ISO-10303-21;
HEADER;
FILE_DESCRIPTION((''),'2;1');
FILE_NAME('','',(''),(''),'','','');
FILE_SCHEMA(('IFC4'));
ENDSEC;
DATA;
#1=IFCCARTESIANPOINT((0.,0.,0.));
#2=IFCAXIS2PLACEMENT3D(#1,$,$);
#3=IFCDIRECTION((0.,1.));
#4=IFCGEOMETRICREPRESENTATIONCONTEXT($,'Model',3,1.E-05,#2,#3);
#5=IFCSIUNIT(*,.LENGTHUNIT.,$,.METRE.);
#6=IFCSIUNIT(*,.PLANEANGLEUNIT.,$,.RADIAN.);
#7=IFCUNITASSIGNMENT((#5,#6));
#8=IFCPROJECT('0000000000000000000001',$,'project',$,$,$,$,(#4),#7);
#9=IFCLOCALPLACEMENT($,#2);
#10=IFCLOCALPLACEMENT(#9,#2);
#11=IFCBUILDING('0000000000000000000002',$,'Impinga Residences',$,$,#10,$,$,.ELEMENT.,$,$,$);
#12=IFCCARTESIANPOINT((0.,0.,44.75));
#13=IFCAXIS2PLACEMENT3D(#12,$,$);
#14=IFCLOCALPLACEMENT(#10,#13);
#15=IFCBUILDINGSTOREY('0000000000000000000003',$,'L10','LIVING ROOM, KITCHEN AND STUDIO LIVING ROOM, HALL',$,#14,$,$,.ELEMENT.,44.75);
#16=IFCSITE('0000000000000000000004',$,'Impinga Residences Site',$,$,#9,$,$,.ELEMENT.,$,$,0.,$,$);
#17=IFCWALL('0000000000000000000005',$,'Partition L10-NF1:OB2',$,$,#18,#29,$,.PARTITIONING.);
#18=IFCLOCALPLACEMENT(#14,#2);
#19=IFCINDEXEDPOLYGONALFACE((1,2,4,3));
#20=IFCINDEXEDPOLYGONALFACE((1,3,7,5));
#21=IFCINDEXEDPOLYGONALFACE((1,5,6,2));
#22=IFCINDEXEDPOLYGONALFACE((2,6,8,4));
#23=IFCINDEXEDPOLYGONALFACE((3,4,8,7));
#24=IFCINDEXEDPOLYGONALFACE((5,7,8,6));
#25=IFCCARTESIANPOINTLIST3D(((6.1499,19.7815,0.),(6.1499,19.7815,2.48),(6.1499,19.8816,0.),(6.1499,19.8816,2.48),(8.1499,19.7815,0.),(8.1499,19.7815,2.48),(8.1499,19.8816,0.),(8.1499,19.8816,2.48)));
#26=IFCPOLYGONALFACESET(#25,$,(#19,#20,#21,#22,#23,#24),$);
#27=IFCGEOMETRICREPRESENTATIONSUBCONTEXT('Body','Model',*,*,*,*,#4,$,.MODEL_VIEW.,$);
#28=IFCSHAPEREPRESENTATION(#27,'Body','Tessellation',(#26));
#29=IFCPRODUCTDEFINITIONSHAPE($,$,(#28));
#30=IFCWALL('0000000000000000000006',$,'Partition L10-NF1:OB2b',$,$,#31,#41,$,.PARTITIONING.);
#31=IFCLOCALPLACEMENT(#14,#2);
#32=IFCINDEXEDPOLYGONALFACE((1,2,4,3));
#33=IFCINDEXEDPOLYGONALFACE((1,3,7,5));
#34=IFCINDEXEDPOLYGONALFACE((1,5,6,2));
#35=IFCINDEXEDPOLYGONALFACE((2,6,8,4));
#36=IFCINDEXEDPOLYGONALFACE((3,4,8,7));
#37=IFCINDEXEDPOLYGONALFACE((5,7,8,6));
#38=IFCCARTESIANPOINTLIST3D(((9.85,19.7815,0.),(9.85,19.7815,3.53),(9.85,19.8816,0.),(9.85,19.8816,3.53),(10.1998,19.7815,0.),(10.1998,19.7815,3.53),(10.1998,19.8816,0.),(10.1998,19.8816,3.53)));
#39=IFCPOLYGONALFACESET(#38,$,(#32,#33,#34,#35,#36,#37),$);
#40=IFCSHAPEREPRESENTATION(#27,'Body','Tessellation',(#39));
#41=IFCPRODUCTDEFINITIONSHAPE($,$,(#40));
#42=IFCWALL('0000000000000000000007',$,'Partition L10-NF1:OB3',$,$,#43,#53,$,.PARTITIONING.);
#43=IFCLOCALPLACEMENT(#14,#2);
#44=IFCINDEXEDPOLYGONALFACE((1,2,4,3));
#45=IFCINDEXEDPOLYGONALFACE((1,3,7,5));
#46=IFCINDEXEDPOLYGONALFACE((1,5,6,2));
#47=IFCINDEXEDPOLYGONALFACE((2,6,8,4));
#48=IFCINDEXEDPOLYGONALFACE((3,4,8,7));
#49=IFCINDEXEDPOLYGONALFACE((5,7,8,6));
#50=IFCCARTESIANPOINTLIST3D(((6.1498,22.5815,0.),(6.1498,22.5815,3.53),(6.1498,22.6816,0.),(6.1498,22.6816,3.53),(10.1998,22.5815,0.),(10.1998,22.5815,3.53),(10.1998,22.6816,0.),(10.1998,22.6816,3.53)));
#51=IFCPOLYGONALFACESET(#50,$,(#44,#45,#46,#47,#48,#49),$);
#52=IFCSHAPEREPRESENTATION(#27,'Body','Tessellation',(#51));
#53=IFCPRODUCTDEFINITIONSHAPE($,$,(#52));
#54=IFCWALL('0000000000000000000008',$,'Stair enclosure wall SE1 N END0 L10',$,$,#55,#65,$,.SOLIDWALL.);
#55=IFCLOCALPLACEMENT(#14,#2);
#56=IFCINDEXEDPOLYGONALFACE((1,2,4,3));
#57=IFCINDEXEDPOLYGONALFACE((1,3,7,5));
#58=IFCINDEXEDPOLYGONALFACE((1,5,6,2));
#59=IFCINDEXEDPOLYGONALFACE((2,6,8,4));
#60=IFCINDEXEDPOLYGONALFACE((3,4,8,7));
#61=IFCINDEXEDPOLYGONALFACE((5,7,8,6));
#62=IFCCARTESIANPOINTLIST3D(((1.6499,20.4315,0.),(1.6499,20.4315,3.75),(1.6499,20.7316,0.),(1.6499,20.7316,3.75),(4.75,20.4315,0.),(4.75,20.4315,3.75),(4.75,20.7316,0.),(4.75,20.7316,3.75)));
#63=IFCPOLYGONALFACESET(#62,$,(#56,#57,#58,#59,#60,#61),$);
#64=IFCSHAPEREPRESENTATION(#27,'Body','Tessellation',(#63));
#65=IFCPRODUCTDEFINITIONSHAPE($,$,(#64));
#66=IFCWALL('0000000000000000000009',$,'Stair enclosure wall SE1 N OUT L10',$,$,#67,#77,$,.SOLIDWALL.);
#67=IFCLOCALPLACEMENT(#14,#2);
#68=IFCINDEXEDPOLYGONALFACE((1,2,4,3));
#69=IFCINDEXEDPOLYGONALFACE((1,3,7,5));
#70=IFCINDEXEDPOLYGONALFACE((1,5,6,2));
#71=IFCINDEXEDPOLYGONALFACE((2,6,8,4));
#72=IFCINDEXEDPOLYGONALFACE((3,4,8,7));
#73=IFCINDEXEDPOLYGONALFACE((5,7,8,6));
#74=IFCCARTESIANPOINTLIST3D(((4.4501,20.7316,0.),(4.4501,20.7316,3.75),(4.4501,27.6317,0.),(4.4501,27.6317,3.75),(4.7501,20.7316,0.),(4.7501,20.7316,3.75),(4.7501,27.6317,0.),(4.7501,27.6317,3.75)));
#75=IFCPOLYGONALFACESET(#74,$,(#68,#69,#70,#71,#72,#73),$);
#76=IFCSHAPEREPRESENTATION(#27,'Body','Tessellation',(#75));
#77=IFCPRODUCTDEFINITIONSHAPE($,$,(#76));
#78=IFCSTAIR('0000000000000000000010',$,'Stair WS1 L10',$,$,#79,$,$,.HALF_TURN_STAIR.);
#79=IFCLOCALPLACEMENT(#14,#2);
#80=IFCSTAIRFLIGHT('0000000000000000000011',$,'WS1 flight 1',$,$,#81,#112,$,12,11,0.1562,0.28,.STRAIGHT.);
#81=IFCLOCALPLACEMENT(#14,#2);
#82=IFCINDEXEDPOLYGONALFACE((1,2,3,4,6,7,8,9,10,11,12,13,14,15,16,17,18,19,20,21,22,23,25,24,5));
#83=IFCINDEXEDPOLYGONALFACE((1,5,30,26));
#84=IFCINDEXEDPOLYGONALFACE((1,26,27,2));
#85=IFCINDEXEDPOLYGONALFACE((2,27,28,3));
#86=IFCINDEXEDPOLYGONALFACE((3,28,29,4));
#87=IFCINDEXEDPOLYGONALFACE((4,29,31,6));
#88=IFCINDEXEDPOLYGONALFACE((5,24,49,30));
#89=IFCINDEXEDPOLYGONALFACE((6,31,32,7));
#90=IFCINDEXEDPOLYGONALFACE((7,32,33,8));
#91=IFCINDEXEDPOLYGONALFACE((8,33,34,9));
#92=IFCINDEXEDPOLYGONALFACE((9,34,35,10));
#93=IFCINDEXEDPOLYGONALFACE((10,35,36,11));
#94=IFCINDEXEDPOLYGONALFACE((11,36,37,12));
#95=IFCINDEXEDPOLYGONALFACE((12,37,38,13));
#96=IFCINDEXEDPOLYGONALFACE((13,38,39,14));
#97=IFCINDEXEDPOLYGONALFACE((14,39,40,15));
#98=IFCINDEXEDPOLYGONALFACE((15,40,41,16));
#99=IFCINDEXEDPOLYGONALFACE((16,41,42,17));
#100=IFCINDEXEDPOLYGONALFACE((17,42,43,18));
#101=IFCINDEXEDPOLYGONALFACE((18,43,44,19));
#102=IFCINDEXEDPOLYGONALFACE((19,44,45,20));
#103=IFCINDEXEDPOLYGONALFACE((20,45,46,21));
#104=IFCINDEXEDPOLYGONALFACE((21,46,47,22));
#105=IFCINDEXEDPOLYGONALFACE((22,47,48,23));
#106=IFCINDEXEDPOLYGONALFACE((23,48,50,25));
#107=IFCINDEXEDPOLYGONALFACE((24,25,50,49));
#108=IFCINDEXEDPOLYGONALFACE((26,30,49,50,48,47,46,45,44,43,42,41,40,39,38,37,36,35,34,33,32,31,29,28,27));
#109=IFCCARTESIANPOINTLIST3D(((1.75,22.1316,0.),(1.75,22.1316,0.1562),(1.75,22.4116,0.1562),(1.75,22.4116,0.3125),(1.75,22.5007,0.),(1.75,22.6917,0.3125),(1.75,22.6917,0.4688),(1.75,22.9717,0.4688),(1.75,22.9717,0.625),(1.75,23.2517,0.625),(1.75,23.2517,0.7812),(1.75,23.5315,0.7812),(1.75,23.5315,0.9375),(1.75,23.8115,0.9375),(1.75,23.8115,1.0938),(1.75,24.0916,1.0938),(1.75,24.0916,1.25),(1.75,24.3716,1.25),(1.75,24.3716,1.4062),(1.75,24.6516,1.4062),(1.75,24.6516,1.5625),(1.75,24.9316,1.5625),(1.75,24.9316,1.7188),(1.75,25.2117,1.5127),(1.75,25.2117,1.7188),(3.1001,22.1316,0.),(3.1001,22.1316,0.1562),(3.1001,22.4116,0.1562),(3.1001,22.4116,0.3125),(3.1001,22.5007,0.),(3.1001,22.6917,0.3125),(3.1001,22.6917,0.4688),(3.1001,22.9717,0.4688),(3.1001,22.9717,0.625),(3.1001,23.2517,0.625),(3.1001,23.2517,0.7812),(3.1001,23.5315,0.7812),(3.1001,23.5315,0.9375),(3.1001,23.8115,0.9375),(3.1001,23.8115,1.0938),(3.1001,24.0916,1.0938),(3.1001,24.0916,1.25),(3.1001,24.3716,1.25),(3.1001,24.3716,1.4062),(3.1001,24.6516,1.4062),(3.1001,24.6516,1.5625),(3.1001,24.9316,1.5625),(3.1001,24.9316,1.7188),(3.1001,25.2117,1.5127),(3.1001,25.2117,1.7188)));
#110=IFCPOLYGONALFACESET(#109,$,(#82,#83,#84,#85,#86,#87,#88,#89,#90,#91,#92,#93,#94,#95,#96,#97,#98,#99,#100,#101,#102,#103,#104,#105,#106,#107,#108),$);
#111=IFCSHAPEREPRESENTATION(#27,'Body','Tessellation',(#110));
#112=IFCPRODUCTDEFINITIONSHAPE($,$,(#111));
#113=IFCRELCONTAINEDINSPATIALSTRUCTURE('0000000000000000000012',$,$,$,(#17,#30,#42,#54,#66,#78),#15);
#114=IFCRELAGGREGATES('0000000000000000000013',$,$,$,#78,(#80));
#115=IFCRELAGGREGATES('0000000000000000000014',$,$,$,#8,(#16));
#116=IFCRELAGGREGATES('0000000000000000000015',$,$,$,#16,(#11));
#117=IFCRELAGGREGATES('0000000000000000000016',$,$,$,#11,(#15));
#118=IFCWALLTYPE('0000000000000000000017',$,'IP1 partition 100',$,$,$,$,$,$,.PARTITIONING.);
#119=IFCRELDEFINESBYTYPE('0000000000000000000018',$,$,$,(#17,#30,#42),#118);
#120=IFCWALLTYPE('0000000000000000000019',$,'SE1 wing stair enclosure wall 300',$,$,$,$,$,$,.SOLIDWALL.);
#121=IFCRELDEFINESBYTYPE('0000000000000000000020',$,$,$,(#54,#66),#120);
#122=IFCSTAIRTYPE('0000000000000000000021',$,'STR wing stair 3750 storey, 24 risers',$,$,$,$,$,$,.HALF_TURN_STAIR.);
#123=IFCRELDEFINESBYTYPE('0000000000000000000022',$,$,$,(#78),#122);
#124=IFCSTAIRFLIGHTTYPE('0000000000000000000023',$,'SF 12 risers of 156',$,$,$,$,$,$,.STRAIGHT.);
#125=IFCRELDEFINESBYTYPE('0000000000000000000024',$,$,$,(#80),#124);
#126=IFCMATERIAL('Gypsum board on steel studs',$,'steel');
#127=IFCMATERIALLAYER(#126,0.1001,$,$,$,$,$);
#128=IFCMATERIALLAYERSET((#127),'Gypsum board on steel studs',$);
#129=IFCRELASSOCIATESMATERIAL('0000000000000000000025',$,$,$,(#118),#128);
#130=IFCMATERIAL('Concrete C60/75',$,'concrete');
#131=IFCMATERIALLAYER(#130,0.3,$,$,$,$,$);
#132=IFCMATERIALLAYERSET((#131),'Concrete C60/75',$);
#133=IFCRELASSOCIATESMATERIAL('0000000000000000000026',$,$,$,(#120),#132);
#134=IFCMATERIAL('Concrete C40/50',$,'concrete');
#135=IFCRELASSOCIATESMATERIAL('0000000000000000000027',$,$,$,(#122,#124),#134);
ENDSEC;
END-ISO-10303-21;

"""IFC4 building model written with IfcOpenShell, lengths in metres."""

from ifc_helpers import new_model, si_unit, direction, frame, frame_2d, origin, place, context, subcontext, project, spatial, polyline, rectangle, outline, extrude, material, layer, layer_set, type_object, element, aggregate, save


model = new_model("IFC4")

# Units and contexts
model_context = context("Model", 3, precision=1e-05, world=origin(), true_north=direction((0.0, 1.0)))
body_context = subcontext(model_context, "Body", "Model", "MODEL_VIEW")
ifc_project = project(units=[si_unit("LENGTHUNIT", "METRE"), si_unit("PLANEANGLEUNIT", "RADIAN")], contexts=[model_context])

# Site, building, storey
site_placement = place(None, origin())
site = spatial("IfcSite", under=ifc_project, at=site_placement, Name="Impinga Residences Site", CompositionType="ELEMENT", RefElevation=0.0)
building_placement = place(site_placement, origin())
building = spatial("IfcBuilding", under=site, at=building_placement, Name="Impinga Residences", CompositionType="ELEMENT")
storey_placement = place(building_placement, frame((0.0, 0.0, 44.75)))
storey = spatial("IfcBuildingStorey", under=building, at=storey_placement, Name="L10", Description="LIVING ROOM, KITCHEN AND STUDIO LIVING ROOM, HALL", CompositionType="ELEMENT", Elevation=44.75)

# Shared definitions
ifc_material_1 = material(Name="Concrete C60/75", Category="concrete")

# Shared definitions
ifc_material_2 = material(Name="Gypsum board on steel studs", Category="steel")
ifc_layer_1 = layer(ifc_material_2, 0.1001)
ifc_layer_set_1 = layer_set([ifc_layer_1], Name="Gypsum board on steel studs")
wall_type_1 = type_object("IfcWallType", Name="IP1 partition 100", PredefinedType="PARTITIONING", material=ifc_layer_set_1)

# Walls
wall_1_placement = place(storey_placement, frame((6.1499, 19.8315, 0.0), z_axis=(0.0, 0.0, 1.0), x_axis=(1.0, 0.0, 0.0)))
element("IfcWall", 1, at=wall_1_placement, inside=storey, type_object=wall_type_1, Name="Partition L10-NF1:OB2", PredefinedType="PARTITIONING", context=body_context, shape_type="SweptSolid", body=[
    extrude(rectangle(XDim=2.0, YDim=0.1001, at=frame_2d((1.0, 0.0))), origin(), (0.0, 0.0, 1.0), 2.48),
])
wall_2_placement = place(storey_placement, frame((9.8501, 19.8315, 0.0), z_axis=(0.0, 0.0, 1.0), x_axis=(1.0, 0.0, 0.0)))
element("IfcWall", 2, at=wall_2_placement, inside=storey, type_object=wall_type_1, Name="Partition L10-NF1:OB2b", PredefinedType="PARTITIONING", context=body_context, shape_type="SweptSolid", body=[
    extrude(rectangle(XDim=0.3499, YDim=0.1001, at=frame_2d((0.1748, 0.0))), origin(), (0.0, 0.0, 1.0), 3.53),
])
wall_3_placement = place(storey_placement, frame((6.1499, 22.6316, 0.0), z_axis=(0.0, 0.0, 1.0), x_axis=(1.0, 0.0, 0.0)))
element("IfcWall", 3, at=wall_3_placement, inside=storey, type_object=wall_type_1, Name="Partition L10-NF1:OB3", PredefinedType="PARTITIONING", context=body_context, shape_type="SweptSolid", body=[
    extrude(rectangle(XDim=4.05, YDim=0.1001, at=frame_2d((2.0249, 0.0))), origin(), (0.0, 0.0, 1.0), 3.53),
])
ifc_layer_2 = layer(ifc_material_1, 0.3)
ifc_layer_set_2 = layer_set([ifc_layer_2], Name="Concrete C60/75")
wall_type_2 = type_object("IfcWallType", Name="SE1 wing stair enclosure wall 300", PredefinedType="SOLIDWALL", material=ifc_layer_set_2)
wall_4_placement = place(storey_placement, frame((1.6499, 20.5815, 0.0), z_axis=(0.0, 0.0, 1.0), x_axis=(1.0, 0.0, 0.0)))
element("IfcWall", 4, at=wall_4_placement, inside=storey, type_object=wall_type_2, Name="Stair enclosure wall SE1 N END0 L10", PredefinedType="SOLIDWALL", context=body_context, shape_type="SweptSolid", body=[
    extrude(rectangle(XDim=3.1001, YDim=0.3, at=frame_2d((1.55, 0.0))), origin(), (0.0, 0.0, 1.0), 3.75),
])
wall_5_placement = place(storey_placement, frame((4.6001, 20.7314, 0.0), z_axis=(0.0, 0.0, 1.0), x_axis=(0.0, 1.0, 0.0)))
element("IfcWall", 5, at=wall_5_placement, inside=storey, type_object=wall_type_2, Name="Stair enclosure wall SE1 N OUT L10", PredefinedType="SOLIDWALL", context=body_context, shape_type="SweptSolid", body=[
    extrude(rectangle(XDim=6.9001, YDim=0.3, at=frame_2d((3.4502, 0.0))), origin(), (0.0, 0.0, 1.0), 3.75),
])

# Stair, stair flight
ifc_material_3 = material(Name="Concrete C40/50", Category="concrete")
stair_type = type_object("IfcStairType", Name="STR wing stair 3750 storey, 24 risers", PredefinedType="HALF_TURN_STAIR", material=ifc_material_3)
stair_placement = place(storey_placement, origin())
stair = element("IfcStair", 6, at=stair_placement, inside=storey, type_object=stair_type, Name="Stair WS1 L10", PredefinedType="HALF_TURN_STAIR")
stair_flight_type = type_object("IfcStairFlightType", Name="SF 12 risers of 156", PredefinedType="STRAIGHT", material=ifc_material_3)
stair_flight_placement = place(storey_placement, frame((2.425, 22.1316, 0.0), z_axis=(0.0, 0.0, 1.0), x_axis=(0.0, 1.0, 0.0)))
stair_flight = element("IfcStairFlight", 7, at=stair_flight_placement, type_object=stair_flight_type, Name="WS1 flight 1", NumberOfRisers=12, NumberOfTreads=11, PredefinedType="STRAIGHT", RiserHeight=0.1562, TreadLength=0.28, context=body_context, shape_type="SweptSolid", body=[
    extrude(outline(polyline([(0.0, 0.0), (0.0, 0.1562), (0.28, 0.1562), (0.28, 0.3125), (0.5601, 0.3125), (0.5601, 0.4688), (0.8401, 0.4688), (0.8401, 0.625), (1.1201, 0.625), (1.1201, 0.7812), (1.3999, 0.7812), (1.3999, 0.9375), (1.6799, 0.9375), (1.6799, 1.0938), (1.96, 1.0938), (1.96, 1.25), (2.24, 1.25), (2.24, 1.4062), (2.52, 1.4062), (2.52, 1.5625), (2.8, 1.5625), (2.8, 1.7188), (3.0801, 1.7188), (3.0801, 1.875), (3.0801, 1.5127), (0.3691, 0.0), (0.0, 0.0)])), frame((0.0, 0.675, 0.0), z_axis=(0.0, -1.0, 0.0), x_axis=(1.0, 0.0, 0.0)), (0.0, 0.0, 1.0), 1.3501),
])
aggregate(stair, [stair_flight])

save(model, "model.ifc")
